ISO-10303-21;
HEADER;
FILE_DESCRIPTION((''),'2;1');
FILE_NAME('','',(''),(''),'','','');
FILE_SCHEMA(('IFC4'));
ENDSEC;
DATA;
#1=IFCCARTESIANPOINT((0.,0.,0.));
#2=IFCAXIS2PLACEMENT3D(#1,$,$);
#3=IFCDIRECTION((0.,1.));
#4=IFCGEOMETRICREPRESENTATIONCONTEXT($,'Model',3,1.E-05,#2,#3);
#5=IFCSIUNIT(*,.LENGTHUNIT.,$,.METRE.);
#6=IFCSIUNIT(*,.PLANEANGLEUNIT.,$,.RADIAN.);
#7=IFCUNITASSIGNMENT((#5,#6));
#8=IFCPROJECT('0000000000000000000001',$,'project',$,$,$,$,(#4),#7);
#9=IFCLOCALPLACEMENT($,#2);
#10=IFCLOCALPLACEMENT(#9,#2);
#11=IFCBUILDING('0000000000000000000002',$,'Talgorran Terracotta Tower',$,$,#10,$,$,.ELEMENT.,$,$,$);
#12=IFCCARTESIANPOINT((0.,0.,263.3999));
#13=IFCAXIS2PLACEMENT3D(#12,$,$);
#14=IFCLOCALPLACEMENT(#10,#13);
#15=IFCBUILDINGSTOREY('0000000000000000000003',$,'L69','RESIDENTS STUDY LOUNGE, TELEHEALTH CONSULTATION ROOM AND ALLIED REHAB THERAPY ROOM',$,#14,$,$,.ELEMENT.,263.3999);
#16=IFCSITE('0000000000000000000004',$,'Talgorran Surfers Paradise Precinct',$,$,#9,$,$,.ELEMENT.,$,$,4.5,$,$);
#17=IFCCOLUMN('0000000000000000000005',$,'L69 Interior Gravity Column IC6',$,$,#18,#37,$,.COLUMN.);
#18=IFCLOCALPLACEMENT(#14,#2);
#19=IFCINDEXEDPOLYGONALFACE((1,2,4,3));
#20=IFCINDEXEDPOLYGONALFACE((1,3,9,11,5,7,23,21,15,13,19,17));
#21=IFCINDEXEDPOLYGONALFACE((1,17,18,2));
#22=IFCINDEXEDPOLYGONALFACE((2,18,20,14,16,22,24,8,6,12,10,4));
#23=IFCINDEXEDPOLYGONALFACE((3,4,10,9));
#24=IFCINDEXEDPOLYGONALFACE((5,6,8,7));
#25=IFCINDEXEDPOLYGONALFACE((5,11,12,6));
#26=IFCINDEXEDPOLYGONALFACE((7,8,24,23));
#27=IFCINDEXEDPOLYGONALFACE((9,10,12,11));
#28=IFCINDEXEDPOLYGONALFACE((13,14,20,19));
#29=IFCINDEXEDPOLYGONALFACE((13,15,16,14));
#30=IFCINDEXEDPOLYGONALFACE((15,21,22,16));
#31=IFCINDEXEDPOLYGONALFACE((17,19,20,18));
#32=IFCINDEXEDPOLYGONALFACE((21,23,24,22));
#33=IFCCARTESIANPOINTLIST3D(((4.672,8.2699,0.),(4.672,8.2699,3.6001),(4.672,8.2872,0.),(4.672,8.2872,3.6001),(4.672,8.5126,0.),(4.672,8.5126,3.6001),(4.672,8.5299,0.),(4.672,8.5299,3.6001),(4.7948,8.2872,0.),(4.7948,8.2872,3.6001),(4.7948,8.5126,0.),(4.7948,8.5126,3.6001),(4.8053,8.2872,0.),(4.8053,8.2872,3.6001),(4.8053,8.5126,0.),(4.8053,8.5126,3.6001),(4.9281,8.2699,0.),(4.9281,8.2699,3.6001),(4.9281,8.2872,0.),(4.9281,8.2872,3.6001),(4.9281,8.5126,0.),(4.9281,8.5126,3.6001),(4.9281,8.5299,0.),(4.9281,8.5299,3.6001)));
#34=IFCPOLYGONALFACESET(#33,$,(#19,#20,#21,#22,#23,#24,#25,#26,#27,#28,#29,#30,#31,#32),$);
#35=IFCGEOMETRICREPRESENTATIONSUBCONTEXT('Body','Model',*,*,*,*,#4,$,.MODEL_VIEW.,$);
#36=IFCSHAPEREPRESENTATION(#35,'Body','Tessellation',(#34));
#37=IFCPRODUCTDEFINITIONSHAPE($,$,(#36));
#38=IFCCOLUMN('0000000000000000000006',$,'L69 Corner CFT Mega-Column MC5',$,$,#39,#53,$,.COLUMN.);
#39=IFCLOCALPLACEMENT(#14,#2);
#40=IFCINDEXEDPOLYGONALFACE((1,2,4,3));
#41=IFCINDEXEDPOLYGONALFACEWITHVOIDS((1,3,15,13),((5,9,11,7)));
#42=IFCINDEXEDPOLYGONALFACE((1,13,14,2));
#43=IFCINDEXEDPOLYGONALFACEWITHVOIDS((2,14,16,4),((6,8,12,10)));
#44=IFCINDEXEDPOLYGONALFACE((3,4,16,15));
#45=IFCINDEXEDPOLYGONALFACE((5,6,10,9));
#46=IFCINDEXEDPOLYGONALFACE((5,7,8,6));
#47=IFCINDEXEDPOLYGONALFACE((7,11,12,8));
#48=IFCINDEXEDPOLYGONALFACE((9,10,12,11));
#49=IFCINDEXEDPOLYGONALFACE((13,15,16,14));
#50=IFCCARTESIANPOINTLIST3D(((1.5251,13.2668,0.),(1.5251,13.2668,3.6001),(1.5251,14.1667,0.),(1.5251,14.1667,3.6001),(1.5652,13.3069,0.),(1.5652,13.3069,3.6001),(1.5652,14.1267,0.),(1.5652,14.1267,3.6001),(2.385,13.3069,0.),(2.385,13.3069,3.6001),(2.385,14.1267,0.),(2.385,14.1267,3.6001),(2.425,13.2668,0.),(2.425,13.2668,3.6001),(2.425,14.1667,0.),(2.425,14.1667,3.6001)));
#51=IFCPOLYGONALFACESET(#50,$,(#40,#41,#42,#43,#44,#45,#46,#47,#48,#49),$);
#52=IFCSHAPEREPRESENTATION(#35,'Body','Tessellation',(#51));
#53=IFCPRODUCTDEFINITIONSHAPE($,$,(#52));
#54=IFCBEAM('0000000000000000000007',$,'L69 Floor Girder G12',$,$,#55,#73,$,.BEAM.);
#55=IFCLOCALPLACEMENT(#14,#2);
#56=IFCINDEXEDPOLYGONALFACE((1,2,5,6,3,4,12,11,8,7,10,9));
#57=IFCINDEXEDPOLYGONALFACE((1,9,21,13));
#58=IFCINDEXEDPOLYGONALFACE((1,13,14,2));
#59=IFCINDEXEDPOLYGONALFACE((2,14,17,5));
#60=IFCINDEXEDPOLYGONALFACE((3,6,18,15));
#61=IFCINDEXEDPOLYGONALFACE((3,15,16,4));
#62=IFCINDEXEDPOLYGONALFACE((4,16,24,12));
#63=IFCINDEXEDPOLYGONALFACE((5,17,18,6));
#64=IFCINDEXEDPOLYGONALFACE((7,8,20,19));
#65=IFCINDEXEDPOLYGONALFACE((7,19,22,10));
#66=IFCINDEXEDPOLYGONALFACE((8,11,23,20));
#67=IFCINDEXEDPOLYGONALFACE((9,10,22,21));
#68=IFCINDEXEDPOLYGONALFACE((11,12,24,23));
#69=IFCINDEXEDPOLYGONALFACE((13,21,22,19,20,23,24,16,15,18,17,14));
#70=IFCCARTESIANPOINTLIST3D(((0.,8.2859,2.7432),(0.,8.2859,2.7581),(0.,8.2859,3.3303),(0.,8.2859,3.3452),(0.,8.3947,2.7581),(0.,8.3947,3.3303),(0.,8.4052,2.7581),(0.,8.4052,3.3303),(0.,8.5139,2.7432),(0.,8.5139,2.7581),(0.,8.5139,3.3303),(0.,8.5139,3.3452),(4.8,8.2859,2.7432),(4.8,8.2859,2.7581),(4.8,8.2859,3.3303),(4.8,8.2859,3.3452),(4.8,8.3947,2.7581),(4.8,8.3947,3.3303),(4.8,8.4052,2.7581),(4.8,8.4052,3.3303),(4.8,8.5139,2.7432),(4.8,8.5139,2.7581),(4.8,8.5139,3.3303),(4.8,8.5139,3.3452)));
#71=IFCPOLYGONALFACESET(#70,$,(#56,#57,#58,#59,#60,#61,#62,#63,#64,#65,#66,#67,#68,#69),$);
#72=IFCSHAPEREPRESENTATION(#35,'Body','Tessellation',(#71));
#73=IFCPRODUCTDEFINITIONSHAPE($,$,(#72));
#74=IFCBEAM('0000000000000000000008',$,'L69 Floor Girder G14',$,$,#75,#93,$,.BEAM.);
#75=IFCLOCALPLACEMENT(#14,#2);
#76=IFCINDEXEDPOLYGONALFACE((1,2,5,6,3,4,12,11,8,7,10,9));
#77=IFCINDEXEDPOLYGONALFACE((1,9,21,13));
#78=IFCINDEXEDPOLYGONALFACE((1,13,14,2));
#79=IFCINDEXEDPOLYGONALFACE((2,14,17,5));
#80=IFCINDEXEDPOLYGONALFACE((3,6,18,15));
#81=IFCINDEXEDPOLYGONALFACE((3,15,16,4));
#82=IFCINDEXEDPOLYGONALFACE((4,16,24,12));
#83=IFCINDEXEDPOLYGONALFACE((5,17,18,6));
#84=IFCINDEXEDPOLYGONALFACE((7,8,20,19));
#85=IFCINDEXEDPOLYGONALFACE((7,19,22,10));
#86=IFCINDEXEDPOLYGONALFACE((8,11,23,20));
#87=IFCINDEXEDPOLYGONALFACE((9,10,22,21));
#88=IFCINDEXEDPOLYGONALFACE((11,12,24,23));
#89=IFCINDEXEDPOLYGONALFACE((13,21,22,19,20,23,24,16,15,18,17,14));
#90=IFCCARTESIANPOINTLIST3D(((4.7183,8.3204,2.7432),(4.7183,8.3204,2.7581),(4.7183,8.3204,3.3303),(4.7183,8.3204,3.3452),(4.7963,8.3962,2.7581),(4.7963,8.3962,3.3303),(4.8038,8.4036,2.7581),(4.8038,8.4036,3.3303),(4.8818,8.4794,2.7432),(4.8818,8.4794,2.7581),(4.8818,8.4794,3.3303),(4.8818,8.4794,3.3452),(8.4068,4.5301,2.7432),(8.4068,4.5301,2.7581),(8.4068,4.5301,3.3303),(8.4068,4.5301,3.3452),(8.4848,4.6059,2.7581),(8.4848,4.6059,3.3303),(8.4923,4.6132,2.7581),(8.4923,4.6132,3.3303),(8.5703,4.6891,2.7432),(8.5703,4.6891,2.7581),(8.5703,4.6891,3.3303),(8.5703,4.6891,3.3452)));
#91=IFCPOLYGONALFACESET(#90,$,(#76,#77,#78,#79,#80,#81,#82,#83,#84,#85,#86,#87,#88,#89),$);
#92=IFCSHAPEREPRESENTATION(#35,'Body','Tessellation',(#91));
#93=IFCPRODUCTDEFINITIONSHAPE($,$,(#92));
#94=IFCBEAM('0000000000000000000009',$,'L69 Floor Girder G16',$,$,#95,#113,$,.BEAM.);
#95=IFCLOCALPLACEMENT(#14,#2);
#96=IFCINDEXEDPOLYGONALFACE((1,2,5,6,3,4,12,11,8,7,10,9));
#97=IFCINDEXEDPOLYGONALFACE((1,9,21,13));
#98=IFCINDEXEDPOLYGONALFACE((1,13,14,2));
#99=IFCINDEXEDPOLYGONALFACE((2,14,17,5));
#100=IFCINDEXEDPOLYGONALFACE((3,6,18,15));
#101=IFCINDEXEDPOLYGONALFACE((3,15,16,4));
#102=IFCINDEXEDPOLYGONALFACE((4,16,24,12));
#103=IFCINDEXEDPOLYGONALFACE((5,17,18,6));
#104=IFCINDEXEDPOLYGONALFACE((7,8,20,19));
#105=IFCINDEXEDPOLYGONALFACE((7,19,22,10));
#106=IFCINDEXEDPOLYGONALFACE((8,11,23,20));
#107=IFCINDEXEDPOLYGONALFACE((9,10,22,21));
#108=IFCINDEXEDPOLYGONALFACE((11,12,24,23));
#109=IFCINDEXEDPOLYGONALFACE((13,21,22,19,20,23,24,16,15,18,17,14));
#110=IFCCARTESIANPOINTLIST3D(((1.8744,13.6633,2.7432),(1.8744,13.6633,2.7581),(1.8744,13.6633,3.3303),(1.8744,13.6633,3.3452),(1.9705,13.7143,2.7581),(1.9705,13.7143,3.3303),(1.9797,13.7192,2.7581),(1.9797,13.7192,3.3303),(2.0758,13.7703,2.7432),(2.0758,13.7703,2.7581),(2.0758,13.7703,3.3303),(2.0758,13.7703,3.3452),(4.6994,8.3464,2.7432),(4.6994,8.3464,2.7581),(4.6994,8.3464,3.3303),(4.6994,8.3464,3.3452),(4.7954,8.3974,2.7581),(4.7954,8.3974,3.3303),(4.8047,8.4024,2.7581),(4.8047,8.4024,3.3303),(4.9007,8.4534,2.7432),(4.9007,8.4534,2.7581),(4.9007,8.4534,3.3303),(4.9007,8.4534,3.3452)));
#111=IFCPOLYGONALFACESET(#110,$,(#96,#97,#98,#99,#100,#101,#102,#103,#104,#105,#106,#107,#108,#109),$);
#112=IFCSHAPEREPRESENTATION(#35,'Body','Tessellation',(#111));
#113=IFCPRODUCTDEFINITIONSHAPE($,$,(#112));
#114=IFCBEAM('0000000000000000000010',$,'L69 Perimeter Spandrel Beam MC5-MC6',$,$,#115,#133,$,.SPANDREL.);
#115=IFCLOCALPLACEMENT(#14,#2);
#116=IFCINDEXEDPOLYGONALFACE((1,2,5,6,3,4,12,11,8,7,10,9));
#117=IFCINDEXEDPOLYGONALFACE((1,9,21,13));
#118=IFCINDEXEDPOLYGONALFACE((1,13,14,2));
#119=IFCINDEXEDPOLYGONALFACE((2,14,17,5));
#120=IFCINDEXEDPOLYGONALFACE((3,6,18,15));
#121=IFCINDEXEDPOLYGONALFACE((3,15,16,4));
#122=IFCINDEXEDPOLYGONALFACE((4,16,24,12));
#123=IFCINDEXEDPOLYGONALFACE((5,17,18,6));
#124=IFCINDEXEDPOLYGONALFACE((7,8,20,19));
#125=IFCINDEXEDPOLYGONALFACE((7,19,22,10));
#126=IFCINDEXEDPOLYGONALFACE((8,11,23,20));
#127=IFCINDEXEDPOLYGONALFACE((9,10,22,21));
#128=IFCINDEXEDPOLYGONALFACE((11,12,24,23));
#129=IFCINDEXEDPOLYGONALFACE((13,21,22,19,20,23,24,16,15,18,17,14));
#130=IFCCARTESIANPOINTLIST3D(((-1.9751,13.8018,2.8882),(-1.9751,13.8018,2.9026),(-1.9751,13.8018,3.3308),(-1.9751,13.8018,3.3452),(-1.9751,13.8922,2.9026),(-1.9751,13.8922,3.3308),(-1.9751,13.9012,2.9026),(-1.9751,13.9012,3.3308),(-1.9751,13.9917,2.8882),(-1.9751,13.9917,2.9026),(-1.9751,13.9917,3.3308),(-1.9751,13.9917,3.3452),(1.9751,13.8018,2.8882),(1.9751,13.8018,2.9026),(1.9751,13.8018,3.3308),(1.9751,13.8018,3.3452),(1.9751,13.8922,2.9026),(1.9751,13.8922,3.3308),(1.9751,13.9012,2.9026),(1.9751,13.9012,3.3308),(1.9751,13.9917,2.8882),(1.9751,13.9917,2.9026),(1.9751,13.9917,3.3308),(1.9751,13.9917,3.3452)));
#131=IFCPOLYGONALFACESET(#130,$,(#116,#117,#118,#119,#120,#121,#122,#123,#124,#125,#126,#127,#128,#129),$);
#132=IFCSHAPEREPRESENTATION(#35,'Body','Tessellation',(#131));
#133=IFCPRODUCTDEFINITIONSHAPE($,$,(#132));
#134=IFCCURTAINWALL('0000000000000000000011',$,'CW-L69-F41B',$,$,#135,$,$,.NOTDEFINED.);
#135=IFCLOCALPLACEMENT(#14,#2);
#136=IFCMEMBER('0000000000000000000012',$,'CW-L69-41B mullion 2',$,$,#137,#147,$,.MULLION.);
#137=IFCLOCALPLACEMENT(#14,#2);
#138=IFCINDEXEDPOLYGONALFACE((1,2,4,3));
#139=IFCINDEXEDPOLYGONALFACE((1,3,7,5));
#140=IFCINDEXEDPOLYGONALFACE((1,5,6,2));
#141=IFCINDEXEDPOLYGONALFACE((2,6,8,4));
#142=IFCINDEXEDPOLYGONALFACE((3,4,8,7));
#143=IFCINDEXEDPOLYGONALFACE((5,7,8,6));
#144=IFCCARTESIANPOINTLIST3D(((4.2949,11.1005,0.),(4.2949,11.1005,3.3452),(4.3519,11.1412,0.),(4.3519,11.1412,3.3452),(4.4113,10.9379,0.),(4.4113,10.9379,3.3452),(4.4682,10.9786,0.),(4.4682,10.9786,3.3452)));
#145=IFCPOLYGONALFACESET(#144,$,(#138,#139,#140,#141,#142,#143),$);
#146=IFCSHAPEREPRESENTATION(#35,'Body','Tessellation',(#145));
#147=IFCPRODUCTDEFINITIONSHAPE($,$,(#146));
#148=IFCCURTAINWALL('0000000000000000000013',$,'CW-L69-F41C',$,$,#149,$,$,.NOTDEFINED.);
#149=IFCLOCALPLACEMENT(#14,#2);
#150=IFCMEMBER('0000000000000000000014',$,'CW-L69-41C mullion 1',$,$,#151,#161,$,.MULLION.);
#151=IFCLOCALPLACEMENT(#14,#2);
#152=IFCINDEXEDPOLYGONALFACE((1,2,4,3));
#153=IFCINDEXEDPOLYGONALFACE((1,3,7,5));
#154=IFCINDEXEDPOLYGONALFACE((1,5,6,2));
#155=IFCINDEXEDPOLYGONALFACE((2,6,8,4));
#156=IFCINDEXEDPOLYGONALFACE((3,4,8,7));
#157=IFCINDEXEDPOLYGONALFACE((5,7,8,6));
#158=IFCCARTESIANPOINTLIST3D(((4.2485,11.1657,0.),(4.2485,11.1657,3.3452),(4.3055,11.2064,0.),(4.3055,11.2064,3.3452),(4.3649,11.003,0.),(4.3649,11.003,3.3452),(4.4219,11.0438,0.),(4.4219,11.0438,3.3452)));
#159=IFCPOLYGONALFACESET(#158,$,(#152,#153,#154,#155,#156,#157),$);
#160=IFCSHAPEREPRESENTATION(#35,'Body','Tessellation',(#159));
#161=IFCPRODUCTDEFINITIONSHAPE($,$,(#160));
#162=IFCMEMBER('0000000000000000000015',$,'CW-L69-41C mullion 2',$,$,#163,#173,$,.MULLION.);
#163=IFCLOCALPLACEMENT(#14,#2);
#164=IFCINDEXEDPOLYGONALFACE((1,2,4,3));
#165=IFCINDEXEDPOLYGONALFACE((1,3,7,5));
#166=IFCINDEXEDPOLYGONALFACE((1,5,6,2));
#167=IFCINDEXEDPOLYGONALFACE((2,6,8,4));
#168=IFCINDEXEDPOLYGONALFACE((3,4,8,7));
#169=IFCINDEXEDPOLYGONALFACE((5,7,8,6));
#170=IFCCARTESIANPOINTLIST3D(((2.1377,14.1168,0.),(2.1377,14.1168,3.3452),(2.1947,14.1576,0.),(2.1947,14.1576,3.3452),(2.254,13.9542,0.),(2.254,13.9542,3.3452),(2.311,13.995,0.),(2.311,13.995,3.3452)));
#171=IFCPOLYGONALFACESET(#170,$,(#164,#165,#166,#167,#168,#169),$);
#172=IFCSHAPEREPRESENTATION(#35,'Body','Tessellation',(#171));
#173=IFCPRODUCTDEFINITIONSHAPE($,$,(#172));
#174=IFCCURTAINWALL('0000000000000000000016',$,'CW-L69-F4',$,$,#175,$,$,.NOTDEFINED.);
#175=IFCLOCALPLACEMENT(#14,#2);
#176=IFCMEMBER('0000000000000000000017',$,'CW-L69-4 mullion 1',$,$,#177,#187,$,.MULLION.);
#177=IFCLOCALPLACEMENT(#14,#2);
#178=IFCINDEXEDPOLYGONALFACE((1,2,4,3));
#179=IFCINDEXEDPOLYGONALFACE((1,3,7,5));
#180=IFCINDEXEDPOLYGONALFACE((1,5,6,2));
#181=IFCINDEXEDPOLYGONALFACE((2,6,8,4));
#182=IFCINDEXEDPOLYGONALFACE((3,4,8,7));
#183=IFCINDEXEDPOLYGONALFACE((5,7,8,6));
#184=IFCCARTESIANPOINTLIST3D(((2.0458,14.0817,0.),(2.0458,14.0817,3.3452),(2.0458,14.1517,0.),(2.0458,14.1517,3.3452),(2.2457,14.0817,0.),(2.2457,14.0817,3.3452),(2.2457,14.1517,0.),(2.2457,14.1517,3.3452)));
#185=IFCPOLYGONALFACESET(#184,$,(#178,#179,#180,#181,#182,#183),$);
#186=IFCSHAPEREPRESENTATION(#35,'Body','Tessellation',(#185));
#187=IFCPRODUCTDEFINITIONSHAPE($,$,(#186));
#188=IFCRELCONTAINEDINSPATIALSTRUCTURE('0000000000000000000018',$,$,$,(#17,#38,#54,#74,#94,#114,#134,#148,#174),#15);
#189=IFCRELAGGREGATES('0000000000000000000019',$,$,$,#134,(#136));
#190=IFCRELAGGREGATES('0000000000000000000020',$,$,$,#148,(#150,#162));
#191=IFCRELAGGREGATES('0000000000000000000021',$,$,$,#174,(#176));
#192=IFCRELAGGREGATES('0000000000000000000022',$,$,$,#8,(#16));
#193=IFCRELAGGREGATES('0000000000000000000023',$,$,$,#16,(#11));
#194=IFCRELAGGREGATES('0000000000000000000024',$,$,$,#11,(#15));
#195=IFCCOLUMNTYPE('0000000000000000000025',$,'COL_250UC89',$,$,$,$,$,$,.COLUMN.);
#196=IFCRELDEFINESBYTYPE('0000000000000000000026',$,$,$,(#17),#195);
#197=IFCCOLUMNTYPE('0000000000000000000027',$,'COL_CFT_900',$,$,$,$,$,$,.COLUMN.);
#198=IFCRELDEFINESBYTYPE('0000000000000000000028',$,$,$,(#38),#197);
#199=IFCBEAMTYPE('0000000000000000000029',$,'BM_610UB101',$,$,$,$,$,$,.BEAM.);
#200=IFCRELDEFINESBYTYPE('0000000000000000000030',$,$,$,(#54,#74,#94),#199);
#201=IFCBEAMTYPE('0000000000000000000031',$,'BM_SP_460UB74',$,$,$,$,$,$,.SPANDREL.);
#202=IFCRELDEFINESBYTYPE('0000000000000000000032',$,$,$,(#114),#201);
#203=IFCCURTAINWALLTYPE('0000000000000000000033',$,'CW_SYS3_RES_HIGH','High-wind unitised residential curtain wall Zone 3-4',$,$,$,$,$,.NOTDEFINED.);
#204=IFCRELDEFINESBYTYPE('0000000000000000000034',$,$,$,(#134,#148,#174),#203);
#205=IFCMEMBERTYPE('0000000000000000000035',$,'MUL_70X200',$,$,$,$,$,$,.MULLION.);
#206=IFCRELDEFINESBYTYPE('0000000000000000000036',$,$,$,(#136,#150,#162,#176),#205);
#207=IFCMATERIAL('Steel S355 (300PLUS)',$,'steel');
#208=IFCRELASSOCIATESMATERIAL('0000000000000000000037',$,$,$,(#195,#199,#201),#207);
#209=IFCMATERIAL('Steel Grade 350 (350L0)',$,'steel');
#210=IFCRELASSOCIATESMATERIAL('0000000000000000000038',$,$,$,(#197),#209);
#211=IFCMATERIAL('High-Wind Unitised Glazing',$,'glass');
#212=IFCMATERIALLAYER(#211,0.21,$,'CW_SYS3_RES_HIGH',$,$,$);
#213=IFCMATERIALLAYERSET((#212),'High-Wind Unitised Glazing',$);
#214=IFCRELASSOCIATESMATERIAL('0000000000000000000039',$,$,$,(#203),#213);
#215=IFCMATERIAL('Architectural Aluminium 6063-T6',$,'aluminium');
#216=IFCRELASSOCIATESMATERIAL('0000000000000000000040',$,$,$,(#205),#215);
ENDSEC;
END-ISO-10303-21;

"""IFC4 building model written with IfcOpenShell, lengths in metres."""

from ifc_helpers import new_model, si_unit, direction, frame, origin, origin_2d, place, context, subcontext, project, spatial, rectangle, hollow_rectangle, i_section, extrude, material, layer, layer_set, material_profile, profile_set, type_object, element, aggregate, save


model = new_model("IFC4")

# Units and contexts
model_context = context("Model", 3, precision=1e-05, world=origin(), true_north=direction((0.0, 1.0)))
body_context = subcontext(model_context, "Body", "Model", "MODEL_VIEW")
ifc_project = project(units=[si_unit("LENGTHUNIT", "METRE"), si_unit("PLANEANGLEUNIT", "RADIAN")], contexts=[model_context])

# Site, building, storey
site_placement = place(None, origin())
site = spatial("IfcSite", under=ifc_project, at=site_placement, Name="Talgorran Surfers Paradise Precinct", CompositionType="ELEMENT", RefElevation=4.5)
building_placement = place(site_placement, origin())
building = spatial("IfcBuilding", under=site, at=building_placement, Name="Talgorran Terracotta Tower", CompositionType="ELEMENT")
storey_placement = place(building_placement, frame((0.0, 0.0, 263.3999)))
storey = spatial("IfcBuildingStorey", under=building, at=storey_placement, Name="L69", Description="RESIDENTS STUDY LOUNGE, TELEHEALTH CONSULTATION ROOM AND ALLIED REHAB THERAPY ROOM", CompositionType="ELEMENT", Elevation=263.3999)

# Columns
ifc_material_1 = material(Name="Steel S355 (300PLUS)", Category="steel")
ifc_material_profile_1 = material_profile(ifc_material_1, i_section(OverallWidth=0.2561, OverallDepth=0.26, WebThickness=0.0105, FlangeThickness=0.0173, at=origin_2d()), Name="250UC89.5")
ifc_profile_set_1 = profile_set([ifc_material_profile_1], Name="Steel S355 (300PLUS)")
column_type_1 = type_object("IfcColumnType", Name="COL_250UC89", PredefinedType="COLUMN", material=ifc_profile_set_1)
column_1_placement = place(storey_placement, frame((4.8, 8.3999, 0.0), z_axis=(0.0, 0.0, 1.0), x_axis=(1.0, 0.0, 0.0)))
element("IfcColumn", 1, at=column_1_placement, inside=storey, type_object=column_type_1, Name="L69 Interior Gravity Column IC6", PredefinedType="COLUMN", context=body_context, shape_type="SweptSolid", body=[
    extrude(i_section(OverallWidth=0.2561, OverallDepth=0.26, WebThickness=0.0105, FlangeThickness=0.0173, at=origin_2d()), origin(), (0.0, 0.0, 1.0), 3.6001),
])
ifc_material_2 = material(Name="Steel Grade 350 (350L0)", Category="steel")
ifc_material_profile_2 = material_profile(ifc_material_2, hollow_rectangle(XDim=0.8999, YDim=0.8999, WallThickness=0.04, at=origin_2d()), Name="CFT900X900X40")
ifc_profile_set_2 = profile_set([ifc_material_profile_2], Name="Steel Grade 350 (350L0)")
column_type_2 = type_object("IfcColumnType", Name="COL_CFT_900", PredefinedType="COLUMN", material=ifc_profile_set_2)
column_2_placement = place(storey_placement, frame((1.9751, 13.7168, 0.0), z_axis=(0.0, 0.0, 1.0), x_axis=(1.0, 0.0, 0.0)))
element("IfcColumn", 2, at=column_2_placement, inside=storey, type_object=column_type_2, Name="L69 Corner CFT Mega-Column MC5", PredefinedType="COLUMN", context=body_context, shape_type="SweptSolid", body=[
    extrude(hollow_rectangle(XDim=0.8999, YDim=0.8999, WallThickness=0.04, at=origin_2d()), origin(), (0.0, 0.0, 1.0), 3.6001),
])

# Beams
ifc_material_profile_3 = material_profile(ifc_material_1, i_section(OverallWidth=0.228, OverallDepth=0.6021, WebThickness=0.0105, FlangeThickness=0.0149, at=origin_2d()), Name="610UB101")
ifc_profile_set_3 = profile_set([ifc_material_profile_3], Name="Steel S355 (300PLUS)")
beam_type_1 = type_object("IfcBeamType", Name="BM_610UB101", PredefinedType="BEAM", material=ifc_profile_set_3)
beam_1_placement = place(storey_placement, frame((0.0, 8.3999, 3.0442), z_axis=(1.0, 0.0, 0.0), x_axis=(0.0, 1.0, 0.0)))
element("IfcBeam", 3, at=beam_1_placement, inside=storey, type_object=beam_type_1, Name="L69 Floor Girder G12", PredefinedType="BEAM", context=body_context, shape_type="SweptSolid", body=[
    extrude(i_section(OverallWidth=0.228, OverallDepth=0.6021, WebThickness=0.0105, FlangeThickness=0.0149, at=origin_2d()), origin(), (0.0, 0.0, 1.0), 4.8),
])
beam_2_placement = place(storey_placement, frame((4.8, 8.3999, 3.0442), z_axis=(0.697416, -0.716666, 0.0), x_axis=(0.716666, 0.697416, 0.0)))
element("IfcBeam", 4, at=beam_2_placement, inside=storey, type_object=beam_type_1, Name="L69 Floor Girder G14", PredefinedType="BEAM", context=body_context, shape_type="SweptSolid", body=[
    extrude(i_section(OverallWidth=0.228, OverallDepth=0.6021, WebThickness=0.0105, FlangeThickness=0.0149, at=origin_2d()), origin(), (0.0, 0.0, 1.0), 5.2888),
])
beam_3_placement = place(storey_placement, frame((4.8, 8.3999, 3.0442), z_axis=(-0.469201, 0.883092, 0.0), x_axis=(-0.883092, -0.469201, 0.0)))
element("IfcBeam", 5, at=beam_3_placement, inside=storey, type_object=beam_type_1, Name="L69 Floor Girder G16", PredefinedType="BEAM", context=body_context, shape_type="SweptSolid", body=[
    extrude(i_section(OverallWidth=0.228, OverallDepth=0.6021, WebThickness=0.0105, FlangeThickness=0.0149, at=origin_2d()), origin(), (0.0, 0.0, 1.0), 6.0208),
])
ifc_material_profile_4 = material_profile(ifc_material_1, i_section(OverallWidth=0.1899, OverallDepth=0.457, WebThickness=0.009, FlangeThickness=0.0144, at=origin_2d()), Name="460UB74.6")
ifc_profile_set_4 = profile_set([ifc_material_profile_4], Name="Steel S355 (300PLUS)")
beam_type_2 = type_object("IfcBeamType", Name="BM_SP_460UB74", PredefinedType="SPANDREL", material=ifc_profile_set_4)
beam_4_placement = place(storey_placement, frame((1.9751, 13.8967, 3.1167), z_axis=(-1.0, 0.0, 0.0), x_axis=(0.0, -1.0, 0.0)))
element("IfcBeam", 6, at=beam_4_placement, inside=storey, type_object=beam_type_2, Name="L69 Perimeter Spandrel Beam MC5-MC6", PredefinedType="SPANDREL", context=body_context, shape_type="SweptSolid", body=[
    extrude(i_section(OverallWidth=0.1899, OverallDepth=0.457, WebThickness=0.009, FlangeThickness=0.0144, at=origin_2d()), origin(), (0.0, 0.0, 1.0), 3.9502),
])

# Curtain wall, member
ifc_material_3 = material(Name="High-Wind Unitised Glazing", Category="glass")
ifc_layer_1 = layer(ifc_material_3, 0.21, Name="CW_SYS3_RES_HIGH")
ifc_layer_set_1 = layer_set([ifc_layer_1], Name="High-Wind Unitised Glazing")
curtain_wall_type = type_object("IfcCurtainWallType", Name="CW_SYS3_RES_HIGH", Description="High-wind unitised residential curtain wall Zone 3-4", PredefinedType="NOTDEFINED", material=ifc_layer_set_1)
curtain_wall_1_placement = place(storey_placement, origin())
curtain_wall_1 = element("IfcCurtainWall", 7, at=curtain_wall_1_placement, inside=storey, type_object=curtain_wall_type, Name="CW-L69-F41B", PredefinedType="NOTDEFINED")
ifc_material_4 = material(Name="Architectural Aluminium 6063-T6", Category="aluminium")
ifc_material_profile_5 = material_profile(ifc_material_4, rectangle(XDim=0.0701, YDim=0.2, at=origin_2d()), Name="CWM70X200")
ifc_profile_set_5 = profile_set([ifc_material_profile_5], Name="Architectural Aluminium 6063-T6")
member_type_1 = type_object("IfcMemberType", Name="MUL_70X200", PredefinedType="MULLION", material=ifc_profile_set_5)
member_1_placement = place(storey_placement, frame((4.3816, 11.0396, 0.0), z_axis=(0.0, 0.0, 1.0), x_axis=(-0.81337, -0.581747, 0.0)))
member_1 = element("IfcMember", 8, at=member_1_placement, type_object=member_type_1, Name="CW-L69-41B mullion 2", PredefinedType="MULLION", context=body_context, shape_type="SweptSolid", body=[
    extrude(rectangle(XDim=0.0701, YDim=0.2, at=origin_2d()), origin(), (0.0, 0.0, 1.0), 3.3452),
])

# Curtain wall, members
curtain_wall_2_placement = place(storey_placement, origin())
curtain_wall_2 = element("IfcCurtainWall", 9, at=curtain_wall_2_placement, inside=storey, type_object=curtain_wall_type, Name="CW-L69-F41C", PredefinedType="NOTDEFINED")
member_2_placement = place(storey_placement, frame((4.3352, 11.1047, 0.0), z_axis=(0.0, 0.0, 1.0), x_axis=(-0.813381, -0.581732, 0.0)))
member_2 = element("IfcMember", 10, at=member_2_placement, type_object=member_type_1, Name="CW-L69-41C mullion 1", PredefinedType="MULLION", context=body_context, shape_type="SweptSolid", body=[
    extrude(rectangle(XDim=0.0701, YDim=0.2, at=origin_2d()), origin(), (0.0, 0.0, 1.0), 3.3452),
])
member_3_placement = place(storey_placement, frame((2.2244, 14.0559, 0.0), z_axis=(0.0, 0.0, 1.0), x_axis=(-0.813381, -0.581732, 0.0)))
member_3 = element("IfcMember", 11, at=member_3_placement, type_object=member_type_1, Name="CW-L69-41C mullion 2", PredefinedType="MULLION", context=body_context, shape_type="SweptSolid", body=[
    extrude(rectangle(XDim=0.0701, YDim=0.2, at=origin_2d()), origin(), (0.0, 0.0, 1.0), 3.3452),
])

# Curtain wall, member
curtain_wall_3_placement = place(storey_placement, origin())
curtain_wall_3 = element("IfcCurtainWall", 12, at=curtain_wall_3_placement, inside=storey, type_object=curtain_wall_type, Name="CW-L69-F4", PredefinedType="NOTDEFINED")
member_4_placement = place(storey_placement, frame((2.1458, 14.1167, 0.0), z_axis=(0.0, 0.0, 1.0), x_axis=(0.0, -1.0, 0.0)))
member_4 = element("IfcMember", 13, at=member_4_placement, type_object=member_type_1, Name="CW-L69-4 mullion 1", PredefinedType="MULLION", context=body_context, shape_type="SweptSolid", body=[
    extrude(rectangle(XDim=0.0701, YDim=0.2, at=origin_2d()), origin(), (0.0, 0.0, 1.0), 3.3452),
])

aggregate(curtain_wall_1, [member_1])
aggregate(curtain_wall_2, [member_2, member_3])
aggregate(curtain_wall_3, [member_4])

save(model, "model.ifc")
